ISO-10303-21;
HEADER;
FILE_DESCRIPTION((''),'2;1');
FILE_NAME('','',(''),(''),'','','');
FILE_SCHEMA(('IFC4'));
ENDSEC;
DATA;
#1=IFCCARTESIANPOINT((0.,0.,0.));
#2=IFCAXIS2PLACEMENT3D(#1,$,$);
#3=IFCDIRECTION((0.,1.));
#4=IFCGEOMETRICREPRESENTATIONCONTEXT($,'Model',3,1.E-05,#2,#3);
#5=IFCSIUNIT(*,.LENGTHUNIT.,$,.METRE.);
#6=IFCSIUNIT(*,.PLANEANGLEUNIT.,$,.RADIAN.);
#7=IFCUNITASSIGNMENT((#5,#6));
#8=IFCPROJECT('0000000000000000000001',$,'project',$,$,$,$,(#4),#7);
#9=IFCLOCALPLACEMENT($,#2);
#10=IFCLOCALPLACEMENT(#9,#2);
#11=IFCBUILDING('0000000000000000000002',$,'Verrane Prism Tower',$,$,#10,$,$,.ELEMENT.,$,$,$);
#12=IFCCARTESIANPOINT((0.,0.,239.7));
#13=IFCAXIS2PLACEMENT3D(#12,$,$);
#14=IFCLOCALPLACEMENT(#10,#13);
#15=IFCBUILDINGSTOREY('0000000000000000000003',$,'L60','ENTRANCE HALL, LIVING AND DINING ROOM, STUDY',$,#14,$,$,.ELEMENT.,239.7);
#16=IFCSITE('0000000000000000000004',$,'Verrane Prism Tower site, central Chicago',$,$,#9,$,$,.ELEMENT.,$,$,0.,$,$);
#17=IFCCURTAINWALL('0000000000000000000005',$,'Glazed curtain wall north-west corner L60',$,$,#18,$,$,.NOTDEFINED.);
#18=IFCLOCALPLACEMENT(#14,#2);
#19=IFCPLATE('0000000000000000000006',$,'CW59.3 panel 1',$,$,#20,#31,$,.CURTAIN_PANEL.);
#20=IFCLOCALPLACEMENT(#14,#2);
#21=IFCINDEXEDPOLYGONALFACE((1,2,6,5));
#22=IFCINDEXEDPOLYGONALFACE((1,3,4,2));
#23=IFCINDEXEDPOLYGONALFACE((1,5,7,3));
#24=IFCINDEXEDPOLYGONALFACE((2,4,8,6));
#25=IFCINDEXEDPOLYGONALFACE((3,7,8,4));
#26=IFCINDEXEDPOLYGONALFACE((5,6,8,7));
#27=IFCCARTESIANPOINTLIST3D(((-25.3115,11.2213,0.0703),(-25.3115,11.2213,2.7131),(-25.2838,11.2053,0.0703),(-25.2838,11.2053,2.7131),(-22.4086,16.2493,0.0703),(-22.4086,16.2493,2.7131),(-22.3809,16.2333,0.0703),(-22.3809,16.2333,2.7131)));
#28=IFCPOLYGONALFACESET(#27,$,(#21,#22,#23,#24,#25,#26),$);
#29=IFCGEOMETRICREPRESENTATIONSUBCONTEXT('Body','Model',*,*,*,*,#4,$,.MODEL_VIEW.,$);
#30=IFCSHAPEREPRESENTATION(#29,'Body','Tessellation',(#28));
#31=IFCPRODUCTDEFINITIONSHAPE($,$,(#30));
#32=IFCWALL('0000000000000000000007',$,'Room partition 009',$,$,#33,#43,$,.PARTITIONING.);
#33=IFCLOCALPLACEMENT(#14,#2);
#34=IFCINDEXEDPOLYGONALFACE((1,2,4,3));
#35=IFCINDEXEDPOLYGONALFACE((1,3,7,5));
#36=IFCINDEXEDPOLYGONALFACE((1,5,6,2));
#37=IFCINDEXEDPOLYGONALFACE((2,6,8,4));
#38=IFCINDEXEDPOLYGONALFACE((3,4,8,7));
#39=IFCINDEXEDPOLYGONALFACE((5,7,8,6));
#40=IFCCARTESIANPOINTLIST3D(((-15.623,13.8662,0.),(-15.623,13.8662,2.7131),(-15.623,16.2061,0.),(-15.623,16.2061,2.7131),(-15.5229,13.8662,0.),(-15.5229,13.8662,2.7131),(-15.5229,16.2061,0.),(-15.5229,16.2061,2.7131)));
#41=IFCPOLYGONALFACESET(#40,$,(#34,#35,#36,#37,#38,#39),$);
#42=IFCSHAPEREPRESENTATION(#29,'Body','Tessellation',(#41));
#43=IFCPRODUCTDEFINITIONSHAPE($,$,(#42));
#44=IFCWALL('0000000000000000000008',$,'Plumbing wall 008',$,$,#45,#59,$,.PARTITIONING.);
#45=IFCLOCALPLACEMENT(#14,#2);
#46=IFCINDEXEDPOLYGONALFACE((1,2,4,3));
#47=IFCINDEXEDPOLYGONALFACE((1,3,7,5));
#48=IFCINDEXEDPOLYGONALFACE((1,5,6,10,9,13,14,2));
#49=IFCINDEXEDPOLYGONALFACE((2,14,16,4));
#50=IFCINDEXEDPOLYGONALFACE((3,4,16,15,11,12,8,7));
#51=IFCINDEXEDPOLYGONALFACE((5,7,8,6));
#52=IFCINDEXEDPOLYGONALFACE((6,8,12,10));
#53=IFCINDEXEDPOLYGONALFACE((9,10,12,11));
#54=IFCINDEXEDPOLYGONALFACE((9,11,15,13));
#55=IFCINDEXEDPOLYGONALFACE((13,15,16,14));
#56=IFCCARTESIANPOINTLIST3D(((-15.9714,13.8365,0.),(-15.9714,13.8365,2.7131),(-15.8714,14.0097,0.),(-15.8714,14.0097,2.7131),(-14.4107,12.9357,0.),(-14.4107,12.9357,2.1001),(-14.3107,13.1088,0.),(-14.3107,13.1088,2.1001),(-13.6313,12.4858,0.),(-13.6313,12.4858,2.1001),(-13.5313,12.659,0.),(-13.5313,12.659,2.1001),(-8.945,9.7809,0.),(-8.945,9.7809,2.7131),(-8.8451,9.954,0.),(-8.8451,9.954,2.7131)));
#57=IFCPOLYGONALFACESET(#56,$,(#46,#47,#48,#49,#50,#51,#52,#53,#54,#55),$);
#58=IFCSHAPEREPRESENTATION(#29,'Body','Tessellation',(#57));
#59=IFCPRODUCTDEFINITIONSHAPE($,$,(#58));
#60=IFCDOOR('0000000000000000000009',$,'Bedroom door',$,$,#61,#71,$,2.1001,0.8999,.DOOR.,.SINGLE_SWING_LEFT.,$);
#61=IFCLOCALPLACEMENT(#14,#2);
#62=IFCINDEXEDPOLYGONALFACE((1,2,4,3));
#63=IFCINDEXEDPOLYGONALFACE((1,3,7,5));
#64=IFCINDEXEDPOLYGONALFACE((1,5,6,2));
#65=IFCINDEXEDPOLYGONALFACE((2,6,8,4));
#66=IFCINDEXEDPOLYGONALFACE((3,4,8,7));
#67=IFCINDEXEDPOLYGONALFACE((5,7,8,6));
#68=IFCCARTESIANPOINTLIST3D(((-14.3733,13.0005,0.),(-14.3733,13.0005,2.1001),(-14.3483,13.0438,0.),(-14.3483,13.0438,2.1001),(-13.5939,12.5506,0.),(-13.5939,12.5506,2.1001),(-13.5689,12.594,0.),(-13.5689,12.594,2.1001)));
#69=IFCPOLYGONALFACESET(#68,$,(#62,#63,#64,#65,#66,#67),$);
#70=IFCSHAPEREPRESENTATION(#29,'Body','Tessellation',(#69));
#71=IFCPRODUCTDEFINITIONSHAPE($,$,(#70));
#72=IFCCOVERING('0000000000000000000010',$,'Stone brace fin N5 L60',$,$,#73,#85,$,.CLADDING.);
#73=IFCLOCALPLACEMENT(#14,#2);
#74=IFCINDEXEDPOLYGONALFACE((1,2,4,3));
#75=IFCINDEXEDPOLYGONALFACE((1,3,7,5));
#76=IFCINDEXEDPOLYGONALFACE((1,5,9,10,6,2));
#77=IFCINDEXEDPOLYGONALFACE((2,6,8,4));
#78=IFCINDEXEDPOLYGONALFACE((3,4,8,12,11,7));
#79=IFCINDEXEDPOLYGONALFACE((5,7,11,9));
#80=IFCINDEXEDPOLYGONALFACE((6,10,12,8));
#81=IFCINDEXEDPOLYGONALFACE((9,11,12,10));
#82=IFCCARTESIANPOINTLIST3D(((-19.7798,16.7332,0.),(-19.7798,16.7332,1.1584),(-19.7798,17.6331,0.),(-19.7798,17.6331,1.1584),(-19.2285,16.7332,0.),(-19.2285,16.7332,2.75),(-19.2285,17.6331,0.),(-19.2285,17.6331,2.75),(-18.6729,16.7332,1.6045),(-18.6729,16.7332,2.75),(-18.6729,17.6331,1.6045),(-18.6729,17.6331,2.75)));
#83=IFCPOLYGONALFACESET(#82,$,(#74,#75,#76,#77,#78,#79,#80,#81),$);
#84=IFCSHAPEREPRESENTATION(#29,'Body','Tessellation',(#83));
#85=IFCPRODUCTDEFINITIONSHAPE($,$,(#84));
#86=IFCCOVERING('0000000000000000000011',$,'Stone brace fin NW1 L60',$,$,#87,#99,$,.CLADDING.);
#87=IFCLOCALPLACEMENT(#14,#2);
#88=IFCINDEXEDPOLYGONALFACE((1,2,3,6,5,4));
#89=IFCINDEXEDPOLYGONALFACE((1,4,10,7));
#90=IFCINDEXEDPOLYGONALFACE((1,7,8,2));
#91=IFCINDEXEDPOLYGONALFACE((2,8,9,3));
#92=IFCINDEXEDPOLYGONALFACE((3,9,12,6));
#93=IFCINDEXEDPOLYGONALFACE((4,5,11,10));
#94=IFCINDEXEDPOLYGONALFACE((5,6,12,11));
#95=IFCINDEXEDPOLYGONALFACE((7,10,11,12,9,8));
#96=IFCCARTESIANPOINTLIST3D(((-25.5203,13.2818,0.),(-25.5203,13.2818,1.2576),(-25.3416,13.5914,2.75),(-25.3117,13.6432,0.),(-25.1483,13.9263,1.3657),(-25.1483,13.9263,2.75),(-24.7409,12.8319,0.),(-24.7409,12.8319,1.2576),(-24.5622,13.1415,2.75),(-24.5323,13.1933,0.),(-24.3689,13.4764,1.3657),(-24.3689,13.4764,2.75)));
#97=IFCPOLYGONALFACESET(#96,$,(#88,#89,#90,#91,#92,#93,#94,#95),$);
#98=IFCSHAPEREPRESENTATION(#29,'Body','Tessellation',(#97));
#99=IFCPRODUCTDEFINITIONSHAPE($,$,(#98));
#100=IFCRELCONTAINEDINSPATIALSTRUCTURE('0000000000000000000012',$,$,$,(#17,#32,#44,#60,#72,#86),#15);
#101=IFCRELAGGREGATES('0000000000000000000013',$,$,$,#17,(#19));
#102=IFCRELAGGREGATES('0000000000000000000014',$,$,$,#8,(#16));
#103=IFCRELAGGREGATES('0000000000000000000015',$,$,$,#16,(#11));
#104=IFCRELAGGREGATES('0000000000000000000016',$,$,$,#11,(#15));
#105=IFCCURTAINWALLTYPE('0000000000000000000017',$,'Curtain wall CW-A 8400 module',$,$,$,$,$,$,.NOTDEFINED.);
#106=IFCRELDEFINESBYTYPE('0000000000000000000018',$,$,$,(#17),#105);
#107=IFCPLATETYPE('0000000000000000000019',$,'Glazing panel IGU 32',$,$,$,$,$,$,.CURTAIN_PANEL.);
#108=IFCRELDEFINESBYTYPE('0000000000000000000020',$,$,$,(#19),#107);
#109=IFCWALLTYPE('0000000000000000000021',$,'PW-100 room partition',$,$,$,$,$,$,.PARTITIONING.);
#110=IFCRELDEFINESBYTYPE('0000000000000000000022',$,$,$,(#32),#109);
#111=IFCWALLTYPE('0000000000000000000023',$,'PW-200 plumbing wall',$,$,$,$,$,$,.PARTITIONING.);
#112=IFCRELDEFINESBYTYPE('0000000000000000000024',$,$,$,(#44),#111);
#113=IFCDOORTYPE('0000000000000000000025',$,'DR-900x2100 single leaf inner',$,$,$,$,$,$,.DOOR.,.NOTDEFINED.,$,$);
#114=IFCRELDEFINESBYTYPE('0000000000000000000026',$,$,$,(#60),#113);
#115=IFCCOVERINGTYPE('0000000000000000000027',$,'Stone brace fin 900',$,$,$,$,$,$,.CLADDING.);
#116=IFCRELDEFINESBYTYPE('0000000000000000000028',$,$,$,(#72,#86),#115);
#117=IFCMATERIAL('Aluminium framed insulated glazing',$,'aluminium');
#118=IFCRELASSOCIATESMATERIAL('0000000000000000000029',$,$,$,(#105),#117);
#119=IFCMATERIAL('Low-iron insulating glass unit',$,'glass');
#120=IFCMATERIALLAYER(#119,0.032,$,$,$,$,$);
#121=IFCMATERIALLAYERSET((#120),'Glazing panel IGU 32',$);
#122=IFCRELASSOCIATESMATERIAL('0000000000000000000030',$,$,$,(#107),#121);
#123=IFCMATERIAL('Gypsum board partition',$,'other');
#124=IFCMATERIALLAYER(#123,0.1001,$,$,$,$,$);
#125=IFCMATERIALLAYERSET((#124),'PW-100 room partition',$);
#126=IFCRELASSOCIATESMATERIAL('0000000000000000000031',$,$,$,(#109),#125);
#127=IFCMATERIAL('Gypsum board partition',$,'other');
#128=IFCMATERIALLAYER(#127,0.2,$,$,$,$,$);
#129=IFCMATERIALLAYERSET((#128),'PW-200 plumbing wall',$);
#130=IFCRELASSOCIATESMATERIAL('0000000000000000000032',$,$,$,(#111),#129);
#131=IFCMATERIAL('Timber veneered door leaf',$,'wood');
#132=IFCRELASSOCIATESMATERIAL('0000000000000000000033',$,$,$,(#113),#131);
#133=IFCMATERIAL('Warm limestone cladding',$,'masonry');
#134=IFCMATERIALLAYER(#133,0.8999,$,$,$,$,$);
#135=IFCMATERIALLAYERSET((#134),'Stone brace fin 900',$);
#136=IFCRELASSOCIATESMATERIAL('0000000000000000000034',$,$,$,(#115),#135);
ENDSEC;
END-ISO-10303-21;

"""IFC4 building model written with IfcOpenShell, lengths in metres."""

from ifc_helpers import new_model, si_unit, direction, frame, frame_2d, origin, origin_2d, place, context, subcontext, project, spatial, polyline, rectangle, outline, extrude, material, layer, layer_set, type_object, element, fill, aggregate, save


model = new_model("IFC4")

# Units and contexts
model_context = context("Model", 3, precision=1e-05, world=origin(), true_north=direction((0.0, 1.0)))
body_context = subcontext(model_context, "Body", "Model", "MODEL_VIEW")
ifc_project = project(units=[si_unit("LENGTHUNIT", "METRE"), si_unit("PLANEANGLEUNIT", "RADIAN")], contexts=[model_context])

# Site, building, storey
site_placement = place(None, origin())
site = spatial("IfcSite", under=ifc_project, at=site_placement, Name="Verrane Prism Tower site, central Chicago", CompositionType="ELEMENT", RefElevation=0.0)
building_placement = place(site_placement, origin())
building = spatial("IfcBuilding", under=site, at=building_placement, Name="Verrane Prism Tower", CompositionType="ELEMENT")
storey_placement = place(building_placement, frame((0.0, 0.0, 239.7)))
storey = spatial("IfcBuildingStorey", under=building, at=storey_placement, Name="L60", Description="ENTRANCE HALL, LIVING AND DINING ROOM, STUDY", CompositionType="ELEMENT", Elevation=239.7)

# Curtain wall
ifc_material_1 = material(Name="Aluminium framed insulated glazing", Category="aluminium")
curtain_wall_type_1 = type_object("IfcCurtainWallType", Name="Curtain wall CW-A 8400 module", PredefinedType="NOTDEFINED", material=ifc_material_1)
curtain_wall_1_placement = place(storey_placement, origin())
curtain_wall_1 = element("IfcCurtainWall", 1, at=curtain_wall_1_placement, inside=storey, type_object=curtain_wall_type_1, Name="Glazed curtain wall north-west corner L60", PredefinedType="NOTDEFINED")

# Plate
ifc_material_2 = material(Name="Low-iron insulating glass unit", Category="glass")
ifc_layer_1 = layer(ifc_material_2, 0.032)
ifc_layer_set_1 = layer_set([ifc_layer_1], Name="Glazing panel IGU 32")
plate_type = type_object("IfcPlateType", Name="Glazing panel IGU 32", PredefinedType="CURTAIN_PANEL", material=ifc_layer_set_1)
plate_1_placement = place(storey_placement, frame((-23.8462, 13.7273, 0.0703), z_axis=(0.0, 0.0, 1.0), x_axis=(-0.499999, -0.866026, 0.0)))
plate_1 = element("IfcPlate", 2, at=plate_1_placement, type_object=plate_type, Name="CW59.3 panel 1", PredefinedType="CURTAIN_PANEL", context=body_context, shape_type="SweptSolid", body=[
    extrude(rectangle(XDim=5.8059, YDim=0.032, at=origin_2d()), origin(), (0.0, 0.0, 1.0), 2.6428),
])
aggregate(curtain_wall_1, [plate_1])

# Wall
ifc_material_3 = material(Name="Gypsum board partition", Category="other")
ifc_layer_2 = layer(ifc_material_3, 0.1001)
ifc_layer_set_2 = layer_set([ifc_layer_2], Name="PW-100 room partition")
wall_type_1 = type_object("IfcWallType", Name="PW-100 room partition", PredefinedType="PARTITIONING", material=ifc_layer_set_2)
wall_1_placement = place(storey_placement, frame((-15.573, 13.8662, 0.0), z_axis=(0.0, 0.0, 1.0), x_axis=(0.0, 1.0, 0.0)))
element("IfcWall", 3, at=wall_1_placement, inside=storey, type_object=wall_type_1, Name="Room partition 009", PredefinedType="PARTITIONING", context=body_context, shape_type="SweptSolid", body=[
    extrude(rectangle(XDim=2.3398, YDim=0.1001, at=frame_2d((1.1699, 0.0))), origin(), (0.0, 0.0, 1.0), 2.7131),
])

# Wall, opening, door
ifc_material_4 = material(Name="Gypsum board partition", Category="other")
ifc_layer_3 = layer(ifc_material_4, 0.2)
ifc_layer_set_3 = layer_set([ifc_layer_3], Name="PW-200 plumbing wall")
wall_type_2 = type_object("IfcWallType", Name="PW-200 plumbing wall", PredefinedType="PARTITIONING", material=ifc_layer_set_3)
wall_2_placement = place(storey_placement, frame((-15.9214, 13.9231, 0.0), z_axis=(0.0, 0.0, 1.0), x_axis=(0.866079, -0.499907, 0.0)))
wall_2 = element("IfcWall", 4, at=wall_2_placement, inside=storey, type_object=wall_type_2, Name="Plumbing wall 008", PredefinedType="PARTITIONING", context=body_context, shape_type="SweptSolid", body=[
    extrude(rectangle(XDim=8.1128, YDim=0.2, at=frame_2d((4.0564, 0.0))), origin(), (0.0, 0.0, 1.0), 2.7131),
])
opening_placement = place(wall_2_placement, frame((1.802, 0.0, 0.0)))
opening = element("IfcOpeningElement", 5, at=opening_placement, cuts=wall_2, PredefinedType="OPENING", context=body_context, shape_type="SweptSolid", body=[
    extrude(rectangle(XDim=0.8999, YDim=2.1001, at=frame_2d((0.45, 1.05))), frame((0.0, 0.1099, 0.0), z_axis=(0.0, -1.0, 0.0), x_axis=(1.0, 0.0, 0.0)), (0.0, 0.0, 1.0), 0.22),
])
ifc_material_5 = material(Name="Timber veneered door leaf", Category="wood")
door_type = type_object("IfcDoorType", Name="DR-900x2100 single leaf inner", OperationType="NOTDEFINED", PredefinedType="DOOR", material=ifc_material_5)
door_placement = place(opening_placement, origin())
door = element("IfcDoor", 6, at=door_placement, inside=storey, type_object=door_type, Name="Bedroom door", OperationType="SINGLE_SWING_LEFT", OverallHeight=2.1001, OverallWidth=0.8999, PredefinedType="DOOR", context=body_context, shape_type="SweptSolid", body=[
    extrude(rectangle(XDim=0.8999, YDim=2.1001, at=frame_2d((0.45, 1.05))), frame((0.0, 0.0249, 0.0), z_axis=(0.0, -1.0, 0.0), x_axis=(1.0, 0.0, 0.0)), (0.0, 0.0, 1.0), 0.05),
])
fill(opening, door)

# Coverings
ifc_material_6 = material(Name="Warm limestone cladding", Category="masonry")
ifc_layer_4 = layer(ifc_material_6, 0.8999)
ifc_layer_set_4 = layer_set([ifc_layer_4], Name="Stone brace fin 900")
covering_type = type_object("IfcCoveringType", Name="Stone brace fin 900", PredefinedType="CLADDING", material=ifc_layer_set_4)
covering_1_placement = place(storey_placement, frame((-19.7798, 17.1831, 0.0), z_axis=(0.0, 0.0, 1.0), x_axis=(1.0, 0.0, 0.0)))
element("IfcCovering", 7, at=covering_1_placement, inside=storey, type_object=covering_type, Name="Stone brace fin N5 L60", PredefinedType="CLADDING", context=body_context, shape_type="SweptSolid", body=[
    extrude(outline(polyline([(1.1069, 2.75), (0.5513, 2.75), (0.0, 1.1584), (0.0, 0.0), (0.5513, 0.0), (1.1069, 1.6045), (1.1069, 2.75)])), frame((0.0, 0.45, 0.0), z_axis=(0.0, -1.0, 0.0), x_axis=(1.0, 0.0, 0.0)), (0.0, 0.0, 1.0), 0.8999),
])
covering_2_placement = place(storey_placement, frame((-25.1306, 13.0569, 0.0), z_axis=(0.0, 0.0, 1.0), x_axis=(0.49995, 0.866054, 0.0)))
element("IfcCovering", 8, at=covering_2_placement, inside=storey, type_object=covering_type, Name="Stone brace fin NW1 L60", PredefinedType="CLADDING", context=body_context, shape_type="SweptSolid", body=[
    extrude(outline(polyline([(0.7441, 2.75), (0.3574, 2.75), (0.0, 1.2576), (0.0, 0.0), (0.4172, 0.0), (0.7441, 1.3657), (0.7441, 2.75)])), frame((0.0, 0.45, 0.0), z_axis=(0.0, -1.0, 0.0), x_axis=(1.0, 0.0, 0.0)), (0.0, 0.0, 1.0), 0.8999),
])

save(model, "model.ifc")
